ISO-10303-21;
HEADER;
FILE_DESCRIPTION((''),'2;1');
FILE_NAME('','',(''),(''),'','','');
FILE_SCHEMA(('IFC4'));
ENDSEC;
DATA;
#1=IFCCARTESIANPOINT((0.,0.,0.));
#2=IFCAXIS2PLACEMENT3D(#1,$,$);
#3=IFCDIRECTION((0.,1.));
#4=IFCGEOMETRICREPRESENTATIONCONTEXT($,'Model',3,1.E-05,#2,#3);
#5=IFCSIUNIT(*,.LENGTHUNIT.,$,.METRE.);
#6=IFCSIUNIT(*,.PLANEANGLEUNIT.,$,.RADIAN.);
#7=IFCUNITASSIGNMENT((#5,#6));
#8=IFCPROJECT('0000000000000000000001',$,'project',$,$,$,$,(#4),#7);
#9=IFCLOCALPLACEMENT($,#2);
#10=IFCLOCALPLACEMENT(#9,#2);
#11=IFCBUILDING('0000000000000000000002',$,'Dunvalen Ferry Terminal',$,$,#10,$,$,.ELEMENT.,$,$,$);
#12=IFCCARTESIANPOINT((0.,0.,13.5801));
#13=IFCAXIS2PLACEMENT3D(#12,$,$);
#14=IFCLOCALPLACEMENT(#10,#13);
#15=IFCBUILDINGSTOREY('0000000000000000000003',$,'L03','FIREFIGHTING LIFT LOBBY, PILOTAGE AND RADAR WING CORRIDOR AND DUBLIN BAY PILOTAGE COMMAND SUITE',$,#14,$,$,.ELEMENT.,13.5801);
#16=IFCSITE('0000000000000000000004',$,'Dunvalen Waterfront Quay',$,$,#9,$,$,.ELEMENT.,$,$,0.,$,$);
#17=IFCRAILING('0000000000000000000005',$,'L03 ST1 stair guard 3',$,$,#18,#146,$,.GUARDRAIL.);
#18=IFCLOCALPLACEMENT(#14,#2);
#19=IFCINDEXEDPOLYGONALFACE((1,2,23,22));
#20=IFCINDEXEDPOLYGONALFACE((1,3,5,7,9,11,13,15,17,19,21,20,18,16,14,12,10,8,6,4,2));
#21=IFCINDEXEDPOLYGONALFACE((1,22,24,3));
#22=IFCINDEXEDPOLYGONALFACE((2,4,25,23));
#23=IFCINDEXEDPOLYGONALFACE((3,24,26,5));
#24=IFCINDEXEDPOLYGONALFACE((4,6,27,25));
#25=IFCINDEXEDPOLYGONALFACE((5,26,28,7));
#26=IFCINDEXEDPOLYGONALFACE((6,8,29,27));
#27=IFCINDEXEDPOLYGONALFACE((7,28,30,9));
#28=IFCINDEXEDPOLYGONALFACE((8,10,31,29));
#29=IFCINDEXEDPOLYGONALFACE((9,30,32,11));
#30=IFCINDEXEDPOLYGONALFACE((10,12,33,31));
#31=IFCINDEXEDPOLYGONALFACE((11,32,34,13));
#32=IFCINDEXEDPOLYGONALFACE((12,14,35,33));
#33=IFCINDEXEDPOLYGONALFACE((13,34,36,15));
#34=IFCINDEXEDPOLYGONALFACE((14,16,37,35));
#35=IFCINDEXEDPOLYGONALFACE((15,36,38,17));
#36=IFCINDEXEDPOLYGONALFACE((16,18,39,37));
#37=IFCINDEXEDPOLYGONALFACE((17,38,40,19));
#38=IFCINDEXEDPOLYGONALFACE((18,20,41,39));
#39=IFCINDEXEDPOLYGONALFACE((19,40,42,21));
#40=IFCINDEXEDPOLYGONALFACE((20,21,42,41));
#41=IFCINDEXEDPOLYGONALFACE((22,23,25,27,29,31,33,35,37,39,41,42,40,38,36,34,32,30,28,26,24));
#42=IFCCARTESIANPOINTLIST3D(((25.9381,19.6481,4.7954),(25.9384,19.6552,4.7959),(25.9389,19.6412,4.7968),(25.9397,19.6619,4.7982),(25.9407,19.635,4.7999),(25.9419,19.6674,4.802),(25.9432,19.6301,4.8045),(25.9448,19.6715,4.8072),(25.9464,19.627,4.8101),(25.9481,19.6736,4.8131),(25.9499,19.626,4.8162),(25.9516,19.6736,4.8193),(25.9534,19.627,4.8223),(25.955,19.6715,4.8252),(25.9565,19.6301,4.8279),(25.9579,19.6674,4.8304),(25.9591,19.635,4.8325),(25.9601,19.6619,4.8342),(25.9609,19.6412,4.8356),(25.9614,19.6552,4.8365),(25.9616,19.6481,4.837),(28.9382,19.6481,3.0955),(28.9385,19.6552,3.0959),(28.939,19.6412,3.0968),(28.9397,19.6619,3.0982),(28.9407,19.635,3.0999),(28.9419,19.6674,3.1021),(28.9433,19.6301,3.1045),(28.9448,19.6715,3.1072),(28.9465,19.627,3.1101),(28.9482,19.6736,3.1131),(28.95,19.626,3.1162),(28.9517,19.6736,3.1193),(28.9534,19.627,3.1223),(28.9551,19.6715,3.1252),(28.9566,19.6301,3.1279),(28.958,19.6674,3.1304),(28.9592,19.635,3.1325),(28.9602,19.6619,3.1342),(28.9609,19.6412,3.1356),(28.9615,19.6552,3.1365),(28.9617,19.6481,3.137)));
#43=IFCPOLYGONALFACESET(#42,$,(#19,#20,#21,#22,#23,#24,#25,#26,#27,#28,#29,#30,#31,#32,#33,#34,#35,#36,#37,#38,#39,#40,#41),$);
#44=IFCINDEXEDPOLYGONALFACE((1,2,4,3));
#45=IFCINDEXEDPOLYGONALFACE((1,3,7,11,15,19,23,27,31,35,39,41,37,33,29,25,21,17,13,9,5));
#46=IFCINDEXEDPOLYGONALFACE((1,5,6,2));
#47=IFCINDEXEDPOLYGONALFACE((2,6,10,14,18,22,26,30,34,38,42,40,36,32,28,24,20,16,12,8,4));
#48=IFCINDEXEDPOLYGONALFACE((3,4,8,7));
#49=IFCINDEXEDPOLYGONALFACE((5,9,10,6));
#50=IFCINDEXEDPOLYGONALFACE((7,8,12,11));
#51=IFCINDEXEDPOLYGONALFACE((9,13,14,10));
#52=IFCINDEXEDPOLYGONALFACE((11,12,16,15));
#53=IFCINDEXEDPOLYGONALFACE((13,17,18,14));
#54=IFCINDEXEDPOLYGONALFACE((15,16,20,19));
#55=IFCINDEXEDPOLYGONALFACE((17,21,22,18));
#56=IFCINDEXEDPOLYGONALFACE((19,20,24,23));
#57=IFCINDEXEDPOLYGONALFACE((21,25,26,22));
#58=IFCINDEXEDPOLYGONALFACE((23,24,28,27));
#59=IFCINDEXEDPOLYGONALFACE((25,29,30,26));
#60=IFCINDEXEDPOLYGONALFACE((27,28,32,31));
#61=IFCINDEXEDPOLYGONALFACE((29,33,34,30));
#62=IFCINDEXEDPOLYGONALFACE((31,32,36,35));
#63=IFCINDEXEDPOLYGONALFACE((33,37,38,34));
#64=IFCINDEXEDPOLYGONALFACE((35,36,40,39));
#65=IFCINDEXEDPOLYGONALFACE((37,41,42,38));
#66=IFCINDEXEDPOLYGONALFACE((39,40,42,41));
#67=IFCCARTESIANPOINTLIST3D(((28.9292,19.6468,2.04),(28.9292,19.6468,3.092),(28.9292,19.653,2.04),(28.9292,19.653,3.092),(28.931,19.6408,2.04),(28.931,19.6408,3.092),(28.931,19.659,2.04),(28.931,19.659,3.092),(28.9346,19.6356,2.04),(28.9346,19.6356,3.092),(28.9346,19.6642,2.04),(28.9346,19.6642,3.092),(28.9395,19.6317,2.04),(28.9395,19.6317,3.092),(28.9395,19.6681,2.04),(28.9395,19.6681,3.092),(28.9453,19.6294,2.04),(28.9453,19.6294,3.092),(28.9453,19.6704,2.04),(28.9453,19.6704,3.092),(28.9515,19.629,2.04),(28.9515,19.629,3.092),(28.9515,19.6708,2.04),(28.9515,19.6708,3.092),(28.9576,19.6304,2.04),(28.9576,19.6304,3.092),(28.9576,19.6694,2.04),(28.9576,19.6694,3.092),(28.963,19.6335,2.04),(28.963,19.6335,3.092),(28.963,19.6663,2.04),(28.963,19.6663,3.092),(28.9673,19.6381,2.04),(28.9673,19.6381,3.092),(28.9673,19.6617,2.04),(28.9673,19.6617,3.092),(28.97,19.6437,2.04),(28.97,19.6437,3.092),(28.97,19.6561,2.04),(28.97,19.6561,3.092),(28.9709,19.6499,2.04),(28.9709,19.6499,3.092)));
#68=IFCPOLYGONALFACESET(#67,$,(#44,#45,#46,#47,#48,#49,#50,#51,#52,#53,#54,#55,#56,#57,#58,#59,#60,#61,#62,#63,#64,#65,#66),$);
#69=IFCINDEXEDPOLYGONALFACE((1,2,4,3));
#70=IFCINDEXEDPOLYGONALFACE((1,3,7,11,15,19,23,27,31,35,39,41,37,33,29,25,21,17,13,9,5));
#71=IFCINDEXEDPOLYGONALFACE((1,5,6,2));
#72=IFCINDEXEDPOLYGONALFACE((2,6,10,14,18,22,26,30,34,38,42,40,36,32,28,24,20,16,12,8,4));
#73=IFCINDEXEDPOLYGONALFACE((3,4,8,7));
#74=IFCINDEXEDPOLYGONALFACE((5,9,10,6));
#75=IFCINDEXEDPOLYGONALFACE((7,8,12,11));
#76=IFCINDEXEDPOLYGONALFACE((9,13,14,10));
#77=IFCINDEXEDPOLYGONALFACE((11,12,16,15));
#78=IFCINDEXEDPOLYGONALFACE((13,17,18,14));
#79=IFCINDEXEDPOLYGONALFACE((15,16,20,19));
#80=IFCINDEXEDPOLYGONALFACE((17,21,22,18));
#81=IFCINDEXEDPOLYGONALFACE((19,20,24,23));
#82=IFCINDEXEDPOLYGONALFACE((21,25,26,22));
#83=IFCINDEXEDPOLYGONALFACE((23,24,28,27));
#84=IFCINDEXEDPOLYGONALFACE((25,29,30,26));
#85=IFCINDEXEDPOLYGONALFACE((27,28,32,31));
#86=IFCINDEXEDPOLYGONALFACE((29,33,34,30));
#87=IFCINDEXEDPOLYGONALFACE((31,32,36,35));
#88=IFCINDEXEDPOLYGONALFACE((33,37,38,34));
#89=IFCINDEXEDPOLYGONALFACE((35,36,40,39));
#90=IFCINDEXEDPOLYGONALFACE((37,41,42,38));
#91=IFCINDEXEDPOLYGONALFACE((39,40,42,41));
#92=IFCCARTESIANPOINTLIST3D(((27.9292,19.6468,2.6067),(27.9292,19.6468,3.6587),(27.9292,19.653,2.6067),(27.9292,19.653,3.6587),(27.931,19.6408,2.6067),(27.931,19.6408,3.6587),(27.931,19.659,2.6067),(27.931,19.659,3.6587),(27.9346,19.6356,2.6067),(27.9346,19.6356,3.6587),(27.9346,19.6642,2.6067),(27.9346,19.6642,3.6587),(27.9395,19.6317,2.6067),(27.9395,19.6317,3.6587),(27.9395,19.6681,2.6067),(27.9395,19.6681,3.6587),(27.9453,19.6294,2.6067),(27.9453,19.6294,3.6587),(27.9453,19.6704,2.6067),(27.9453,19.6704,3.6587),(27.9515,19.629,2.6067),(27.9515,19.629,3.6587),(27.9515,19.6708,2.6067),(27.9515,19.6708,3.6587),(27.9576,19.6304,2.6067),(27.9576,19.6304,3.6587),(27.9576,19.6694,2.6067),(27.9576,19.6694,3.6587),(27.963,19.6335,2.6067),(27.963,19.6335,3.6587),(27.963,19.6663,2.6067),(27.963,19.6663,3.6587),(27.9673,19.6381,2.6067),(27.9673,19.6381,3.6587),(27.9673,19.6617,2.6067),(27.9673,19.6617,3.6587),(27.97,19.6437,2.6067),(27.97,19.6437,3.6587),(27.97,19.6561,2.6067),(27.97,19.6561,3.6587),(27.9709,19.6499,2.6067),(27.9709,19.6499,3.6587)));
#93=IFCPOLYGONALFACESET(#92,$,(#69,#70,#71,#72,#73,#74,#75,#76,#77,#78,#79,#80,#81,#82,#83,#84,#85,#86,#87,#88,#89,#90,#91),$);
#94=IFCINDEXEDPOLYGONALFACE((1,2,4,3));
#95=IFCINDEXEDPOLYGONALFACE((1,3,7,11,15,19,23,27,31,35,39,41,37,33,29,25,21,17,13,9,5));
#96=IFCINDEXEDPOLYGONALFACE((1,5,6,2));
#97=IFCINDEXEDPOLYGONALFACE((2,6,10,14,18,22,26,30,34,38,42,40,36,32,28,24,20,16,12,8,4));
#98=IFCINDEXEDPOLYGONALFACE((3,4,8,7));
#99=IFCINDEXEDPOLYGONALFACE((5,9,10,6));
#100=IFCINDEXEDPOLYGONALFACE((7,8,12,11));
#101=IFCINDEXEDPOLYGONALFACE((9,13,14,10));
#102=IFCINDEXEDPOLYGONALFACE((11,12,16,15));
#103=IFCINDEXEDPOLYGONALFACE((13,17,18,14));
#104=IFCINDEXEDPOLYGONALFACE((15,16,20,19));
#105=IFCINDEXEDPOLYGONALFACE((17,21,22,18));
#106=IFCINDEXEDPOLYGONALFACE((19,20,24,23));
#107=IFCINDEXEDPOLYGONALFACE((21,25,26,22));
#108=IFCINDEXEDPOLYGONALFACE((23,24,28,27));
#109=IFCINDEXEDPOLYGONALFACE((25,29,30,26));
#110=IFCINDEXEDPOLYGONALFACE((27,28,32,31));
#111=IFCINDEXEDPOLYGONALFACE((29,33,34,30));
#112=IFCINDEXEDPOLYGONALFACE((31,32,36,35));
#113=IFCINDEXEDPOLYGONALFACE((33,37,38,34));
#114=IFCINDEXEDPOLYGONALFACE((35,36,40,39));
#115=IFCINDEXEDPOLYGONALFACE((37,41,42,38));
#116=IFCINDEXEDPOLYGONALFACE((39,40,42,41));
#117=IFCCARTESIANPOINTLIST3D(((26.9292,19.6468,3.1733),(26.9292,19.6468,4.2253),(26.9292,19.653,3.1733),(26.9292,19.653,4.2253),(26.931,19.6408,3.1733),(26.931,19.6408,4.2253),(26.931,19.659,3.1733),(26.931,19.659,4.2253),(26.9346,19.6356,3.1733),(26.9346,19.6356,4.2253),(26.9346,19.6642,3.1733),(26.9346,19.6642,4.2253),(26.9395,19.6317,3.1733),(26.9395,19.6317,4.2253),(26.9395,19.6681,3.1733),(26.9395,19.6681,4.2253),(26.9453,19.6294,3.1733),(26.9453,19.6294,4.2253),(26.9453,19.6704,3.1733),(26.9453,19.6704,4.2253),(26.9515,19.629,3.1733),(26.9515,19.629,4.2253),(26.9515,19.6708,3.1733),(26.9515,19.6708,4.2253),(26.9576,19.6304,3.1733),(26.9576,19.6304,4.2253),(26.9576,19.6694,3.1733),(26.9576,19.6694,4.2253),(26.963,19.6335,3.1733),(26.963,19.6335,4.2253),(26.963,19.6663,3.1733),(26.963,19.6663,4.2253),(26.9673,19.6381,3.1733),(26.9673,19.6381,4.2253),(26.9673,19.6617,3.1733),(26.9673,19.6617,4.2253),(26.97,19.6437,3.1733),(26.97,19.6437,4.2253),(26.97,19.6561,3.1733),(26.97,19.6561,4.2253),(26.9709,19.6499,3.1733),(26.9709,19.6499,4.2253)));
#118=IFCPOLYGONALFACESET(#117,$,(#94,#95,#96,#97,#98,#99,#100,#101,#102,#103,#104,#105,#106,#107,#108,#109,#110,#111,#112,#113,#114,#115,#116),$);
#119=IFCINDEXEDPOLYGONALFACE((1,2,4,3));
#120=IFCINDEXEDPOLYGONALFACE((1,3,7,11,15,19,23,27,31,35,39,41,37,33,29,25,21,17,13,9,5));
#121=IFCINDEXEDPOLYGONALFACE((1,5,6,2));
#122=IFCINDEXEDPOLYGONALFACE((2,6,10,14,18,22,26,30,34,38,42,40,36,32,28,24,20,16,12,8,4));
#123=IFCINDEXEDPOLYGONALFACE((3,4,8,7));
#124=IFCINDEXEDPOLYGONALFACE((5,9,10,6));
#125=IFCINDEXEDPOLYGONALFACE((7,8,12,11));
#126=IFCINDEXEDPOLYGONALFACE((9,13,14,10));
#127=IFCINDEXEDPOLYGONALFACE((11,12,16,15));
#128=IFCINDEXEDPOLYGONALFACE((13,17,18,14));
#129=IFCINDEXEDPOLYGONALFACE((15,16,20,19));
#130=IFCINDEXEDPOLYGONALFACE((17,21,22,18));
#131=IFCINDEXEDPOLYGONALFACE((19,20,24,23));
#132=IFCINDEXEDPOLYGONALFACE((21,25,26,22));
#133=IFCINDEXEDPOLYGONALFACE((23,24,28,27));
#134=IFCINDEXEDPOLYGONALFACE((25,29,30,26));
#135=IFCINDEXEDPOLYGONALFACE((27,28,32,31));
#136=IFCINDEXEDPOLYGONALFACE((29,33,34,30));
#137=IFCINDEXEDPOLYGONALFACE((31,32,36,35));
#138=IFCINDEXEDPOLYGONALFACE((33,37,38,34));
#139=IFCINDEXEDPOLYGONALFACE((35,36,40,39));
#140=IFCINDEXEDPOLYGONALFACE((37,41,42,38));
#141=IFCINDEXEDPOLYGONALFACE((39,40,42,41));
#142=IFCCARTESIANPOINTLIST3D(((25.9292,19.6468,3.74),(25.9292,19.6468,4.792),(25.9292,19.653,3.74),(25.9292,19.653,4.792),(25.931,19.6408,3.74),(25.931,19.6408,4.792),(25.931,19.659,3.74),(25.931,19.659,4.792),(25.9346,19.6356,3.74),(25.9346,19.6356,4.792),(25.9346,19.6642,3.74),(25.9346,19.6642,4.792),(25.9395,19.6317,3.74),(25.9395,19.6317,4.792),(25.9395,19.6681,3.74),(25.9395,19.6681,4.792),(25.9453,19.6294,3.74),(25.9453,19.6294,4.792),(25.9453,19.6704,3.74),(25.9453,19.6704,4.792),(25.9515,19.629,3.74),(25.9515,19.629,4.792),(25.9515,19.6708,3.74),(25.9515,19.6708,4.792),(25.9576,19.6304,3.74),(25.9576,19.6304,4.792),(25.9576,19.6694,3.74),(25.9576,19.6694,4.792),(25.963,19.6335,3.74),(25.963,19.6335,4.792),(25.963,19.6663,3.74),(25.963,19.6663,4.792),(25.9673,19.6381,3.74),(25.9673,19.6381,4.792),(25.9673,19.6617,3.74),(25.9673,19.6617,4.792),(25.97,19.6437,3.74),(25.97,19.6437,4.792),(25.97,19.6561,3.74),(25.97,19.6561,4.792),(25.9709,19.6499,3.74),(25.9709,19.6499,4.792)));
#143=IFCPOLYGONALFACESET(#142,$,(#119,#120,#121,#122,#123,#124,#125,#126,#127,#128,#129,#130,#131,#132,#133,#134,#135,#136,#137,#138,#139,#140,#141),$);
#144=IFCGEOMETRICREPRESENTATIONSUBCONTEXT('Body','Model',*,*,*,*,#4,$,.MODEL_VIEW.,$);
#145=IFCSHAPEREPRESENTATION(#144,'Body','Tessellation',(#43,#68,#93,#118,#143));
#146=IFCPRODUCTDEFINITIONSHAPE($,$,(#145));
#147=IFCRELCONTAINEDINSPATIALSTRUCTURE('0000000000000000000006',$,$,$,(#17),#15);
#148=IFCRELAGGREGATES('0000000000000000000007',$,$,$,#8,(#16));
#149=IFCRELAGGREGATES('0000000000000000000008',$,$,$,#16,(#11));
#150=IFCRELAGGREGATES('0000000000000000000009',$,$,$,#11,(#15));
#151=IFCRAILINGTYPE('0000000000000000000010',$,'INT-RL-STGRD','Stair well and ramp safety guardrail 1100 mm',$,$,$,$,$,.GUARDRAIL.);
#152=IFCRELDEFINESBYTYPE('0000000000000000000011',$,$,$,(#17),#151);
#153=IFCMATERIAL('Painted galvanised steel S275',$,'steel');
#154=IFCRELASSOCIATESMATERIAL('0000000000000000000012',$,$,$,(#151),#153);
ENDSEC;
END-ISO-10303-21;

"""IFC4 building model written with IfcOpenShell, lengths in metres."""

from ifc_helpers import new_model, si_unit, direction, frame, origin, origin_2d, place, context, subcontext, project, spatial, circle, extrude, material, type_object, element, save


model = new_model("IFC4")

# Units and contexts
model_context = context("Model", 3, precision=1e-05, world=origin(), true_north=direction((0.0, 1.0)))
body_context = subcontext(model_context, "Body", "Model", "MODEL_VIEW")
ifc_project = project(units=[si_unit("LENGTHUNIT", "METRE"), si_unit("PLANEANGLEUNIT", "RADIAN")], contexts=[model_context])

# Site, building, storey
site_placement = place(None, origin())
site = spatial("IfcSite", under=ifc_project, at=site_placement, Name="Dunvalen Waterfront Quay", CompositionType="ELEMENT", RefElevation=0.0)
building_placement = place(site_placement, origin())
building = spatial("IfcBuilding", under=site, at=building_placement, Name="Dunvalen Ferry Terminal", CompositionType="ELEMENT")
storey_placement = place(building_placement, frame((0.0, 0.0, 13.5801)))
storey = spatial("IfcBuildingStorey", under=building, at=storey_placement, Name="L03", Description="FIREFIGHTING LIFT LOBBY, PILOTAGE AND RADAR WING CORRIDOR AND DUBLIN BAY PILOTAGE COMMAND SUITE", CompositionType="ELEMENT", Elevation=13.5801)

# Railing
ifc_material_1 = material(Name="Painted galvanised steel S275", Category="steel")
railing_type_1 = type_object("IfcRailingType", Name="INT-RL-STGRD", Description="Stair well and ramp safety guardrail 1100 mm", PredefinedType="GUARDRAIL", material=ifc_material_1)
railing_1_placement = place(storey_placement, frame((28.95, 19.6499, 2.04)))
element("IfcRailing", 1, at=railing_1_placement, inside=storey, type_object=railing_type_1, Name="L03 ST1 stair guard 3", PredefinedType="GUARDRAIL", context=body_context, shape_type="SweptSolid", body=[
    extrude(circle(Radius=0.0239, at=origin_2d()), frame((0.0, 0.0, 1.0762), z_axis=(-0.870028, 0.0, 0.493002), x_axis=(0.0, -1.0, 0.0)), (0.0, 0.0, 1.0), 3.4482),
    extrude(circle(Radius=0.021, at=origin_2d()), origin(), (0.0, 0.0, 1.0), 1.052),
    extrude(circle(Radius=0.021, at=origin_2d()), frame((-1.0, 0.0, 0.5667)), (0.0, 0.0, 1.0), 1.052),
    extrude(circle(Radius=0.021, at=origin_2d()), frame((-2.0, 0.0, 1.1333)), (0.0, 0.0, 1.0), 1.052),
    extrude(circle(Radius=0.021, at=origin_2d()), frame((-3.0, 0.0, 1.7)), (0.0, 0.0, 1.0), 1.052),
])

save(model, "model.ifc")
